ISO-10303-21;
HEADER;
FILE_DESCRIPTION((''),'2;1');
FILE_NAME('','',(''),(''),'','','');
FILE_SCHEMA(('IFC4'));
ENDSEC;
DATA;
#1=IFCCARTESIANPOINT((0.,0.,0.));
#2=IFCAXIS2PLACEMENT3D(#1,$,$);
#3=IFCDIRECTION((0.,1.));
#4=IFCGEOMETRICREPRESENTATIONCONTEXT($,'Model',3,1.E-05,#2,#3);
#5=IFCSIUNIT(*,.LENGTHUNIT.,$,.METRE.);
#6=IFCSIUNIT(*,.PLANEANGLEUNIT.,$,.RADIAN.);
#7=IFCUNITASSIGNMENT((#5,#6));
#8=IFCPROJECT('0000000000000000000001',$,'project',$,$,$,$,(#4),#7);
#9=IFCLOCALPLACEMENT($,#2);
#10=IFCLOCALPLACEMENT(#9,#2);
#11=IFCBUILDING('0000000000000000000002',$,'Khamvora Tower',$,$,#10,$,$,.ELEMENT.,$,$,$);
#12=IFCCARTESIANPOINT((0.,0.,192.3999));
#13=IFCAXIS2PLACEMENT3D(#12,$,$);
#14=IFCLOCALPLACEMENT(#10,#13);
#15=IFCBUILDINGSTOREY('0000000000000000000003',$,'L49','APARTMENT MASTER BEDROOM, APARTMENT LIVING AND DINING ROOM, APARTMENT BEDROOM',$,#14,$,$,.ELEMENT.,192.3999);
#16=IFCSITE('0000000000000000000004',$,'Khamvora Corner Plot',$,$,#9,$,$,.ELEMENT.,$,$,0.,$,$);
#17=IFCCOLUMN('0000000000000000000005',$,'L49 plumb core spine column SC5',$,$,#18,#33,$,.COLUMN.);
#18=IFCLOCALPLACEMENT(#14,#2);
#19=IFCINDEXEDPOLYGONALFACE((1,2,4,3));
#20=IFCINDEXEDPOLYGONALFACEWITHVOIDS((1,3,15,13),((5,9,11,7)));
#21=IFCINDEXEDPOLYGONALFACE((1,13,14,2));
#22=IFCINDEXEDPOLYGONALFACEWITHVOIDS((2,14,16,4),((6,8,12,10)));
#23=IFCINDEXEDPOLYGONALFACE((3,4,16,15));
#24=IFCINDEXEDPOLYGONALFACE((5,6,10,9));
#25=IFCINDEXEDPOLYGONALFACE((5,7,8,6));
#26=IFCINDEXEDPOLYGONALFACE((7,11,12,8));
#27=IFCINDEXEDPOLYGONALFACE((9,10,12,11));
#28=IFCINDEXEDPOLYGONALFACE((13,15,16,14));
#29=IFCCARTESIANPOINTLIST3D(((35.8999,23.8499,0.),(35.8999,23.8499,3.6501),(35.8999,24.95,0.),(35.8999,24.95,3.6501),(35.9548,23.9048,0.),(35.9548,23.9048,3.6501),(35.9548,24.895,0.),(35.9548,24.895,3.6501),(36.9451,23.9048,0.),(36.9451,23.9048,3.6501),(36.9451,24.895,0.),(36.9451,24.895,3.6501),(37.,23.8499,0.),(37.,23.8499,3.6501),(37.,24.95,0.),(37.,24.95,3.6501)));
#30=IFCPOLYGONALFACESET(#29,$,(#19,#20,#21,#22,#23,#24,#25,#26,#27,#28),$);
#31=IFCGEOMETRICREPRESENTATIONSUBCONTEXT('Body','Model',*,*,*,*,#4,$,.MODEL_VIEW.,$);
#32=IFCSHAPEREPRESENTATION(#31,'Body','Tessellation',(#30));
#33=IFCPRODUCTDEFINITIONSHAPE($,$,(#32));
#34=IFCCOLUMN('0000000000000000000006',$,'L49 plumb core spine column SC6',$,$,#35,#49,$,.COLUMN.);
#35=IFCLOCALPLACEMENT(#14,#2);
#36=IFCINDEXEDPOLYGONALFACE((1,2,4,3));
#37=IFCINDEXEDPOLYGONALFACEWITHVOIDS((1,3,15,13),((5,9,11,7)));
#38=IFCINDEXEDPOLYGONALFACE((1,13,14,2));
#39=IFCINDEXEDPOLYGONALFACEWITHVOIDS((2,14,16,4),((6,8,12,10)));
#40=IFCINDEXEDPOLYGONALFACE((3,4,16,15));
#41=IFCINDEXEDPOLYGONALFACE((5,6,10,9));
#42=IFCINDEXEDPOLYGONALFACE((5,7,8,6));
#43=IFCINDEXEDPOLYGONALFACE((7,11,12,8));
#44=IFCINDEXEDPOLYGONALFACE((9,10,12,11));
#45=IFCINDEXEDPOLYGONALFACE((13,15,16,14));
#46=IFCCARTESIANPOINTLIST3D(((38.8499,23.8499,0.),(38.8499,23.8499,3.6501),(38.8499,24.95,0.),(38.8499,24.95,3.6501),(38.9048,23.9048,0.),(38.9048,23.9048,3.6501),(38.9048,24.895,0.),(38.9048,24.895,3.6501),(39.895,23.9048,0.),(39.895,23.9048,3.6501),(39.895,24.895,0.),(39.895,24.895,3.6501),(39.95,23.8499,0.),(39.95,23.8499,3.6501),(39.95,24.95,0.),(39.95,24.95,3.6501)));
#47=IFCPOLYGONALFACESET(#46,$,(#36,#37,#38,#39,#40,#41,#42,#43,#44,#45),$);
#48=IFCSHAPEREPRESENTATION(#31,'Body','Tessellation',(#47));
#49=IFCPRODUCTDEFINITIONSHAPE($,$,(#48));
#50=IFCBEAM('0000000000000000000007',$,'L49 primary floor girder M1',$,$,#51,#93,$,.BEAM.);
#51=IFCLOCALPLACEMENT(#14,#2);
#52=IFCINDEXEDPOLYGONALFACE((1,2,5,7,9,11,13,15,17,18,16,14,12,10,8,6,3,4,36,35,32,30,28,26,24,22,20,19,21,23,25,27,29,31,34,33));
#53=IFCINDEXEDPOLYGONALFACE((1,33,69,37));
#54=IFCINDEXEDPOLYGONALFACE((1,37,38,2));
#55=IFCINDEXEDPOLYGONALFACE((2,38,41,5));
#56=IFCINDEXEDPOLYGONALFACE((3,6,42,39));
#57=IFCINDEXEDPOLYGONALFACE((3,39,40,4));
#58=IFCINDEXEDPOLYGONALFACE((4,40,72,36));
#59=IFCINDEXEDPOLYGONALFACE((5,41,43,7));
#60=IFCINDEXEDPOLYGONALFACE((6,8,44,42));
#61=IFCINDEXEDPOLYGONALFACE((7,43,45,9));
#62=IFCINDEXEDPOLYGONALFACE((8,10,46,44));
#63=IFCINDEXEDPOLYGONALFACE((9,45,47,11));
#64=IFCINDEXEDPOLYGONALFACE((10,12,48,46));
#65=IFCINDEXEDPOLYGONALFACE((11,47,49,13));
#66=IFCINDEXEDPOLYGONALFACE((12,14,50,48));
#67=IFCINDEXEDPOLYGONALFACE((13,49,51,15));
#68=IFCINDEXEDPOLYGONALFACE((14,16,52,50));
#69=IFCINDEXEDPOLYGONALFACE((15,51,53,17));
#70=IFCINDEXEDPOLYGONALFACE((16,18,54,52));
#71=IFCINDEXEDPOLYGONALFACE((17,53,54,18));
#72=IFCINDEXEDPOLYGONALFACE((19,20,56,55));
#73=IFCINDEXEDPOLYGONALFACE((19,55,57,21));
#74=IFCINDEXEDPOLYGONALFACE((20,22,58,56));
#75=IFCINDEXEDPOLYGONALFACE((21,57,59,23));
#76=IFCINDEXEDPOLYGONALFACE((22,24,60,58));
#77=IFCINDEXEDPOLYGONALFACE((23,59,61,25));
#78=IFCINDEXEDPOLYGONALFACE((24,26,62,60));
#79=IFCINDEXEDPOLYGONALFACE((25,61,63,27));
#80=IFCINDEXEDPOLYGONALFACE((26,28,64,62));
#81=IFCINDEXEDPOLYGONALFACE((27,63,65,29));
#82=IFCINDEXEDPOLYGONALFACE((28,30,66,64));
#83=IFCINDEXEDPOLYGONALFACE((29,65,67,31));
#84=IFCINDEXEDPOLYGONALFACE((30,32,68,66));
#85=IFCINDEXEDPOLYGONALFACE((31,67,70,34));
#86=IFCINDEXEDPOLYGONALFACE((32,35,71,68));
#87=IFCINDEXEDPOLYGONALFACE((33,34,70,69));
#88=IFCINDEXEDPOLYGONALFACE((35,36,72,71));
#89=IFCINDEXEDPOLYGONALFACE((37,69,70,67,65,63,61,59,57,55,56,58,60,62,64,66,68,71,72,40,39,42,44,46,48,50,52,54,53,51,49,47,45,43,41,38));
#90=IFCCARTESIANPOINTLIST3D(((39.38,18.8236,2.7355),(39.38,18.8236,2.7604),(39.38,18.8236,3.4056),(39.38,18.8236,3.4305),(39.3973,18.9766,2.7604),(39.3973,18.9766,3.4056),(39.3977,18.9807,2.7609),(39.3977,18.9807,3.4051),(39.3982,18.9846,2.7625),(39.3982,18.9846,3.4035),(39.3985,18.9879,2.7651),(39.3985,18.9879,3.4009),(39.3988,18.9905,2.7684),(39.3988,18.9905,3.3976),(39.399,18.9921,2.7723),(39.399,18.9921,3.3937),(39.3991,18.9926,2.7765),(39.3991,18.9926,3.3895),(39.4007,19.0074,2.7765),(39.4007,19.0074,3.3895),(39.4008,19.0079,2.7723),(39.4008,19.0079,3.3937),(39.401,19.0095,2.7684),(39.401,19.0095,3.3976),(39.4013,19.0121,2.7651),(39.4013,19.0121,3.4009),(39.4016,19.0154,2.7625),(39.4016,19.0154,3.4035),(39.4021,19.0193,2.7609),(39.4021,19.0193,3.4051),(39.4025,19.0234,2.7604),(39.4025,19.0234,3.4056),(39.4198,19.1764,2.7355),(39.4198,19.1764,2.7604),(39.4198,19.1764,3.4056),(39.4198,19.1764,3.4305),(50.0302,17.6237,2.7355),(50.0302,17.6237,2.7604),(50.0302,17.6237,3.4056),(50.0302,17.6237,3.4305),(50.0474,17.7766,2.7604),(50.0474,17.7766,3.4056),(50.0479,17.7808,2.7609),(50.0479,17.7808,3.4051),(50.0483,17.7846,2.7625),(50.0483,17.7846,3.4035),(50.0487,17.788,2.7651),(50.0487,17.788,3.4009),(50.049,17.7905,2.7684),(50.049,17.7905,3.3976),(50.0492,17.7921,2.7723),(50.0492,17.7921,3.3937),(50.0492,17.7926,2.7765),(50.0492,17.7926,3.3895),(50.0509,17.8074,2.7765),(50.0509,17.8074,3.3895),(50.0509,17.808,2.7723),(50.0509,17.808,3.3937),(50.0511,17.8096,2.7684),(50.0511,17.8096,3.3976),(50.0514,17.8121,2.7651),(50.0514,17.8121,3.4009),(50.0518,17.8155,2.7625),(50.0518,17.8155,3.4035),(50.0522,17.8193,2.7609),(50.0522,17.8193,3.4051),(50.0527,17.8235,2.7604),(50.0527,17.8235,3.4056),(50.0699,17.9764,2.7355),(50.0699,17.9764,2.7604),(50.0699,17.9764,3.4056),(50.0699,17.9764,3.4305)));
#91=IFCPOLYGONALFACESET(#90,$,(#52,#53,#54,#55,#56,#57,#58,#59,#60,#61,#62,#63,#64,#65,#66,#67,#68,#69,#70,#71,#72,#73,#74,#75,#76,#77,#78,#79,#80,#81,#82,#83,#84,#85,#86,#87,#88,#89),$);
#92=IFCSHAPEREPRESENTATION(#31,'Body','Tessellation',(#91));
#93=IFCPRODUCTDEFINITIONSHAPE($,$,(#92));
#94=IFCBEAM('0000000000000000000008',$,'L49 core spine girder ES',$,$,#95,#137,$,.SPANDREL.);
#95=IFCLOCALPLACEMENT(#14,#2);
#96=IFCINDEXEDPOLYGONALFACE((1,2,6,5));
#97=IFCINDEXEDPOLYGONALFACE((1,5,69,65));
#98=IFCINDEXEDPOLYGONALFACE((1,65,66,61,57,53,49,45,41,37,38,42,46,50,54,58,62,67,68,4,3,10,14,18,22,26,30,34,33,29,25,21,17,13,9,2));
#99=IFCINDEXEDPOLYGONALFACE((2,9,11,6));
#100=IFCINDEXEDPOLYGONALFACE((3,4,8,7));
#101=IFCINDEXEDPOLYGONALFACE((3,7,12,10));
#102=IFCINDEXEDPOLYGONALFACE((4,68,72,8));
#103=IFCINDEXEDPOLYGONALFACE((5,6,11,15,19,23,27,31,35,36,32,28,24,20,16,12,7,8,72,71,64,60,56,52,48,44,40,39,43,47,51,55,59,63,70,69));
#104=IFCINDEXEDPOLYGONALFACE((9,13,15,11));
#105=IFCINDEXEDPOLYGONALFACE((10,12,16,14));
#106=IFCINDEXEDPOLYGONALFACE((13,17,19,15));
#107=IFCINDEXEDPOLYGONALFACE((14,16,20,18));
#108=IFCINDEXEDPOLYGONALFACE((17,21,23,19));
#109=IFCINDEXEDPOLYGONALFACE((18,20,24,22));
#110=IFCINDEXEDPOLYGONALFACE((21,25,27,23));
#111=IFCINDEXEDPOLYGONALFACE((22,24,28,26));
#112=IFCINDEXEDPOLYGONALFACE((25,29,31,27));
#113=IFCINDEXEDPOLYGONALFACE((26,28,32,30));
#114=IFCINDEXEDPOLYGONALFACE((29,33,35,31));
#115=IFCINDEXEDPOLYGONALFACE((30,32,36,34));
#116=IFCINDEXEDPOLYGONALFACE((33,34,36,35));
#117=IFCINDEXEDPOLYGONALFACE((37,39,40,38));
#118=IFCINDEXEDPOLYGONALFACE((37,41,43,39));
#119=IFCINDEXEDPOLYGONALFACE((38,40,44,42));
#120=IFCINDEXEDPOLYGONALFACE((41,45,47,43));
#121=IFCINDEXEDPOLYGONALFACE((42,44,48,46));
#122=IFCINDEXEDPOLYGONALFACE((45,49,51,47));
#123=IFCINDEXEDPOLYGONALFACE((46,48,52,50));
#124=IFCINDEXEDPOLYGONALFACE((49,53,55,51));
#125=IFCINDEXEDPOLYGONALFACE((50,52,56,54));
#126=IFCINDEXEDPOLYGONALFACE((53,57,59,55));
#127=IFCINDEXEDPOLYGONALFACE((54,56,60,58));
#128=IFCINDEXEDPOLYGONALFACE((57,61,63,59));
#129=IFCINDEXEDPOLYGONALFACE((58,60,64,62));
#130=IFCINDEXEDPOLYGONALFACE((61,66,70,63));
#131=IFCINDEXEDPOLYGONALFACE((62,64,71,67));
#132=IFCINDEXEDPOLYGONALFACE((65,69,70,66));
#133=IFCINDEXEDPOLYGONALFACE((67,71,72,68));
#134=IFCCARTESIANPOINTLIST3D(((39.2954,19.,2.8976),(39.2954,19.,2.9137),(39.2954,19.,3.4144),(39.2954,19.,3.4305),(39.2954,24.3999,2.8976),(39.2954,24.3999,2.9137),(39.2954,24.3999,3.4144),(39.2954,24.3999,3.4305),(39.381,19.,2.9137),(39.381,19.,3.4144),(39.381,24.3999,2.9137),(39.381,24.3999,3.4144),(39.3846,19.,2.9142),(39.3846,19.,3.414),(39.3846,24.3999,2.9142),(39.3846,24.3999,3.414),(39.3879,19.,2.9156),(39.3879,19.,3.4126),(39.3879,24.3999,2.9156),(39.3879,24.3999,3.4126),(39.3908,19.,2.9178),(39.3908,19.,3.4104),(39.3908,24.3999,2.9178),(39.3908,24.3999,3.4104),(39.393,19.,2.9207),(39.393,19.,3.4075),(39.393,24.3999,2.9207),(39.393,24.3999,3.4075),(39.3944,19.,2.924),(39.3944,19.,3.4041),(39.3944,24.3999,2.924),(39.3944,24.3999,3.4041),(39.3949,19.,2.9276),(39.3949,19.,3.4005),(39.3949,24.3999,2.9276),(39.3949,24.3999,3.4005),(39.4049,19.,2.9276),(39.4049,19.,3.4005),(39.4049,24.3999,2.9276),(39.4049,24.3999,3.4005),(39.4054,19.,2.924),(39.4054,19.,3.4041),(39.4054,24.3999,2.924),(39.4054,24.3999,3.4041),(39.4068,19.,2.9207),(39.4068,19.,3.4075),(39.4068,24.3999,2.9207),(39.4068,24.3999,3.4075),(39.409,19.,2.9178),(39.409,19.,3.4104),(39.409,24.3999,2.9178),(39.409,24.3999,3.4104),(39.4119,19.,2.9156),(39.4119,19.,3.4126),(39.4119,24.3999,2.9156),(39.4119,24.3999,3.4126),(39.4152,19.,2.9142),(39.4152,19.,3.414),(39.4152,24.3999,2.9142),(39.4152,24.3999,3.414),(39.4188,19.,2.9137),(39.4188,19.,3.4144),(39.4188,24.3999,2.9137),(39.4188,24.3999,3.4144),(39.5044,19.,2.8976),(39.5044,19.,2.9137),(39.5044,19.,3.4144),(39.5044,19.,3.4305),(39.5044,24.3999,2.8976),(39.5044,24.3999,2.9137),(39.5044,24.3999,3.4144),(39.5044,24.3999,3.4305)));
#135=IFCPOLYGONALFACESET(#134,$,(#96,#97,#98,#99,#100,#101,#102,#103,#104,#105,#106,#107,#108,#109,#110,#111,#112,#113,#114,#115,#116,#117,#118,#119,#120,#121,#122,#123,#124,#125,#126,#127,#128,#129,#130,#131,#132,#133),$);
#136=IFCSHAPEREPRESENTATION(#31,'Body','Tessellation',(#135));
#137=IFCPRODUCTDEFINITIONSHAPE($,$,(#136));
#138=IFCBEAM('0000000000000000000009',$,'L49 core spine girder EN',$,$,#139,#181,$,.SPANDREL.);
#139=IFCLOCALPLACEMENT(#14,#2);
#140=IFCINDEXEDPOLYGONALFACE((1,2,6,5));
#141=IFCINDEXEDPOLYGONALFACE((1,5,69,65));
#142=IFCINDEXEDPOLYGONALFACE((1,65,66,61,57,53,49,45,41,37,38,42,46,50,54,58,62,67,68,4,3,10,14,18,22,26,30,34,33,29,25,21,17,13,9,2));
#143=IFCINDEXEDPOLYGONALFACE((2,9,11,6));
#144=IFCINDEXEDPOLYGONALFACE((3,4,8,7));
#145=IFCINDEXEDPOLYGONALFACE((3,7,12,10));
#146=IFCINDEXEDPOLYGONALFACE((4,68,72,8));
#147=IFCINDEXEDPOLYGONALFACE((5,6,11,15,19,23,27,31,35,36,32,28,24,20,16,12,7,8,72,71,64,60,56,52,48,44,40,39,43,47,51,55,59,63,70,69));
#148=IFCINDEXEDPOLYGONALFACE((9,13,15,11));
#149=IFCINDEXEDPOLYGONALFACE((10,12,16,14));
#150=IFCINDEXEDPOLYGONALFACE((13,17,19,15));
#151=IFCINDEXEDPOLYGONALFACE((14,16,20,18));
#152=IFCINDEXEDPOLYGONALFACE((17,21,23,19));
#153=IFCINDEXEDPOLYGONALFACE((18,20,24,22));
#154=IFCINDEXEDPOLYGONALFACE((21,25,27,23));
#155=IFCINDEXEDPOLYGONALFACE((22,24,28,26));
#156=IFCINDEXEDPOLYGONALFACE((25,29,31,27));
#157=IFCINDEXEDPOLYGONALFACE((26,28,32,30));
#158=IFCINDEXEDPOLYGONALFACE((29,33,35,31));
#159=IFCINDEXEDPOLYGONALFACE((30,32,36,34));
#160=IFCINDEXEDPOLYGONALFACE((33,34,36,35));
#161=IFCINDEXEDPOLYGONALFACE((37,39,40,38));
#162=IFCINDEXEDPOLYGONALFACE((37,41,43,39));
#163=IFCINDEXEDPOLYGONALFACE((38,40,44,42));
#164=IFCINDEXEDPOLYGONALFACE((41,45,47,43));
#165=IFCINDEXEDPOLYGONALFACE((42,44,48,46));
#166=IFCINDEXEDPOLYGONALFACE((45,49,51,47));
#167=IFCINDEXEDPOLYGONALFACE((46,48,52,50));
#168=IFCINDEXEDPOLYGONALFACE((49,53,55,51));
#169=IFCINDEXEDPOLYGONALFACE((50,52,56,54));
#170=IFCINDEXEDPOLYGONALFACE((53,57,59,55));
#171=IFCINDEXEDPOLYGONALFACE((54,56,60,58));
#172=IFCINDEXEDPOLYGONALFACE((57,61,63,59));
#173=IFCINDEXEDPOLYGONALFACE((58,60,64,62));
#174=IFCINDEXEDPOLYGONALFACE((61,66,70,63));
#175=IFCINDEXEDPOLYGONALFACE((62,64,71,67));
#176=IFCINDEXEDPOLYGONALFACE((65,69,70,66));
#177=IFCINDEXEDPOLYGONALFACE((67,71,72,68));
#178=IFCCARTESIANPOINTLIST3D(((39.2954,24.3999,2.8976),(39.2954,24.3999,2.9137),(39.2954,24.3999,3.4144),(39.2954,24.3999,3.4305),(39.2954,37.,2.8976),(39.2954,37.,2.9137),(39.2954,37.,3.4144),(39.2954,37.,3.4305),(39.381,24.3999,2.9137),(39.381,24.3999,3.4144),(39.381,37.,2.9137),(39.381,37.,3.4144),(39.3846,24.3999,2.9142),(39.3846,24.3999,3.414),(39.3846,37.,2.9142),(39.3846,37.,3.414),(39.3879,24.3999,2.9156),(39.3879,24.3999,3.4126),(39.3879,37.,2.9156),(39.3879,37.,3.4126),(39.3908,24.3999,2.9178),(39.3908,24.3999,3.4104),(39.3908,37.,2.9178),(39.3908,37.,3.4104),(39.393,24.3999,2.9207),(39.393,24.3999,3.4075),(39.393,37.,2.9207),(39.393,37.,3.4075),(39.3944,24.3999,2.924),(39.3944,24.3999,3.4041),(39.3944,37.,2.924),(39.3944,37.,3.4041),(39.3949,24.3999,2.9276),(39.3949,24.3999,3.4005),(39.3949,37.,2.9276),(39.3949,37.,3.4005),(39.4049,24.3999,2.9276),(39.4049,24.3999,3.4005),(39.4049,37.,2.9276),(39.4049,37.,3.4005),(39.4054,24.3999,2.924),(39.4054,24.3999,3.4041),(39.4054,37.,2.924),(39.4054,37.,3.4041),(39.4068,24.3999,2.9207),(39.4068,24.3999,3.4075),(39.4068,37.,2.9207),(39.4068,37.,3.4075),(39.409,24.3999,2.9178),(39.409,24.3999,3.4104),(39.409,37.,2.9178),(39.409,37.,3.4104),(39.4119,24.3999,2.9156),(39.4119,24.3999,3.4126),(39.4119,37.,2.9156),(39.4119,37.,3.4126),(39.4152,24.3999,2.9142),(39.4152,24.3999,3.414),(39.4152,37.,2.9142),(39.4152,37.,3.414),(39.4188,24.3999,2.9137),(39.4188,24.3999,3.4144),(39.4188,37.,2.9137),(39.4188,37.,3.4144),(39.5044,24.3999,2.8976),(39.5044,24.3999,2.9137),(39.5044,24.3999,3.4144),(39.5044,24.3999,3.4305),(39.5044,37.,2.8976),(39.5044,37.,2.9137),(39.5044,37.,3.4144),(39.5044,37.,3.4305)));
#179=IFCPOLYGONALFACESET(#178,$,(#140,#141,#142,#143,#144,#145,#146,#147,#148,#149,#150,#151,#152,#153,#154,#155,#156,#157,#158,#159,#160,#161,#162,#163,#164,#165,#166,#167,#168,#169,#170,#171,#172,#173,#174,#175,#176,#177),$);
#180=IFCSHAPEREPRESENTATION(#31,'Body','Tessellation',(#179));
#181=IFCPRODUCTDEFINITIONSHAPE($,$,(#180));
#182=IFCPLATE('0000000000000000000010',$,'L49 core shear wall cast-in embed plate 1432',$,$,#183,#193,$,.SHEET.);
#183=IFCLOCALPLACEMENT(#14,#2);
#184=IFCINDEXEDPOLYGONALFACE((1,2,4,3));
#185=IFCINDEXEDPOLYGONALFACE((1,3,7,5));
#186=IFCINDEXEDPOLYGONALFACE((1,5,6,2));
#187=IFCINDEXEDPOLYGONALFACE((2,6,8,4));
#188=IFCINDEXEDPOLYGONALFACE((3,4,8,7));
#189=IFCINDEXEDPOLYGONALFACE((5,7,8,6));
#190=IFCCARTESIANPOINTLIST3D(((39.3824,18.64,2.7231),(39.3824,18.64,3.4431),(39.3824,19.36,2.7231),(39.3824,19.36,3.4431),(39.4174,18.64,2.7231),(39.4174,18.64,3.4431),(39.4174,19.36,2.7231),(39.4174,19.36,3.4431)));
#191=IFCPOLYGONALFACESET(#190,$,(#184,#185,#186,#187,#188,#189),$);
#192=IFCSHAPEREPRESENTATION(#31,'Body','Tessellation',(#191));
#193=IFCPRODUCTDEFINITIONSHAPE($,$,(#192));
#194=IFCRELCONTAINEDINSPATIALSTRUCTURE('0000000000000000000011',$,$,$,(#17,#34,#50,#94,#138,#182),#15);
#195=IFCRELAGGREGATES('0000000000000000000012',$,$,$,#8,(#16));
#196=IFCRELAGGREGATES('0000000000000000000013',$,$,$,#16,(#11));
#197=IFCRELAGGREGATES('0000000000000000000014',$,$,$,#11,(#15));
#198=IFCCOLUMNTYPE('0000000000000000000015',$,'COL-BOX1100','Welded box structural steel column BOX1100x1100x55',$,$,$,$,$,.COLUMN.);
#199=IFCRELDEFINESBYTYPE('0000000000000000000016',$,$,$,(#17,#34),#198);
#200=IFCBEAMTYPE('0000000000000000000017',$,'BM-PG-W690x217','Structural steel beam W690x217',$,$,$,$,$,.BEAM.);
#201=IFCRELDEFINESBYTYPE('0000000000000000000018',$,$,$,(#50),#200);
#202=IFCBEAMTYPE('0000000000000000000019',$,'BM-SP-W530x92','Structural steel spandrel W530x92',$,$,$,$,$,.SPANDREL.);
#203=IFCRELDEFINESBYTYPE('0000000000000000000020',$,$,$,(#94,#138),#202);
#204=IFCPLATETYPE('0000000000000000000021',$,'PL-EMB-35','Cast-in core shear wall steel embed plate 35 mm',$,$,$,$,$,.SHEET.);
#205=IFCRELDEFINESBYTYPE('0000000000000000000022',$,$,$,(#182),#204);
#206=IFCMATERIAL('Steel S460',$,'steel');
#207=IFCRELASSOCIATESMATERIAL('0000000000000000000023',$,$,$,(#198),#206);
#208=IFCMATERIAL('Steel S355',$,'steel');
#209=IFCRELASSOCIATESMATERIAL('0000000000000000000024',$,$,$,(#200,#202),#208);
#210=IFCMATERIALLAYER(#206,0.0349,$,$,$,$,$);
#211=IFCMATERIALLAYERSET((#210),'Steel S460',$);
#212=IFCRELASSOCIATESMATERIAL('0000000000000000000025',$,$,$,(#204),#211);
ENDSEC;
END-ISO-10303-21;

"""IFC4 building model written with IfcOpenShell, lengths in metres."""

from ifc_helpers import new_model, si_unit, direction, frame, origin, origin_2d, place, context, subcontext, project, spatial, rectangle, hollow_rectangle, i_section, extrude, material, layer, layer_set, material_profile, profile_set, type_object, element, save


model = new_model("IFC4")

# Units and contexts
model_context = context("Model", 3, precision=1e-05, world=origin(), true_north=direction((0.0, 1.0)))
body_context = subcontext(model_context, "Body", "Model", "MODEL_VIEW")
ifc_project = project(units=[si_unit("LENGTHUNIT", "METRE"), si_unit("PLANEANGLEUNIT", "RADIAN")], contexts=[model_context])

# Site, building, storey
site_placement = place(None, origin())
site = spatial("IfcSite", under=ifc_project, at=site_placement, Name="Khamvora Corner Plot", CompositionType="ELEMENT", RefElevation=0.0)
building_placement = place(site_placement, origin())
building = spatial("IfcBuilding", under=site, at=building_placement, Name="Khamvora Tower", CompositionType="ELEMENT")
storey_placement = place(building_placement, frame((0.0, 0.0, 192.3999)))
storey = spatial("IfcBuildingStorey", under=building, at=storey_placement, Name="L49", Description="APARTMENT MASTER BEDROOM, APARTMENT LIVING AND DINING ROOM, APARTMENT BEDROOM", CompositionType="ELEMENT", Elevation=192.3999)

# Columns
ifc_material_1 = material(Name="Steel S460", Category="steel")
ifc_material_profile_1 = material_profile(ifc_material_1, hollow_rectangle(XDim=1.1001, YDim=1.1001, WallThickness=0.0549, at=origin_2d()), Name="BOX1100x1100x55")
ifc_profile_set_1 = profile_set([ifc_material_profile_1], Name="Steel S460")
column_type = type_object("IfcColumnType", Name="COL-BOX1100", Description="Welded box structural steel column BOX1100x1100x55", PredefinedType="COLUMN", material=ifc_profile_set_1)
for number, where, z_axis, x_axis, name in (
    (1, (36.45, 24.3999, 0.0), (0.0, 0.0, 1.0), (1.0, 0.0, 0.0), "L49 plumb core spine column SC5"),
    (2, (39.3999, 24.3999, 0.0), (0.0, 0.0, 1.0), (1.0, 0.0, 0.0), "L49 plumb core spine column SC6"),
):
    element("IfcColumn", number, at=place(storey_placement, frame(where, z_axis=z_axis, x_axis=x_axis)), inside=storey, type_object=column_type, Name=name, PredefinedType="COLUMN", context=body_context, shape_type="SweptSolid", body=[
        extrude(hollow_rectangle(XDim=1.1001, YDim=1.1001, WallThickness=0.0549, at=origin_2d()), origin(), (0.0, 0.0, 1.0), 3.6501),
    ])

# Beams
ifc_material_2 = material(Name="Steel S355", Category="steel")
ifc_material_profile_2 = material_profile(ifc_material_2, i_section(OverallWidth=0.355, OverallDepth=0.6951, WebThickness=0.0149, FlangeThickness=0.0249, FilletRadius=0.0161, at=origin_2d()), Name="W690x217")
ifc_profile_set_2 = profile_set([ifc_material_profile_2], Name="Steel S355")
beam_type_1 = type_object("IfcBeamType", Name="BM-PG-W690x217", Description="Structural steel beam W690x217", PredefinedType="BEAM", material=ifc_profile_set_2)
beam_1_placement = place(storey_placement, frame((39.3999, 19.0, 3.083), z_axis=(0.993713, -0.111962, 0.0), x_axis=(0.111962, 0.993713, 0.0)))
element("IfcBeam", 3, at=beam_1_placement, inside=storey, type_object=beam_type_1, Name="L49 primary floor girder M1", PredefinedType="BEAM", context=body_context, shape_type="SweptSolid", body=[
    extrude(i_section(OverallWidth=0.355, OverallDepth=0.6951, WebThickness=0.0149, FlangeThickness=0.0249, FilletRadius=0.0161, at=origin_2d()), origin(), (0.0, 0.0, 1.0), 10.7175),
])
ifc_material_profile_3 = material_profile(ifc_material_2, i_section(OverallWidth=0.209, OverallDepth=0.533, WebThickness=0.01, FlangeThickness=0.0161, FilletRadius=0.0139, at=origin_2d()), Name="W530x92")
ifc_profile_set_3 = profile_set([ifc_material_profile_3], Name="Steel S355")
beam_type_2 = type_object("IfcBeamType", Name="BM-SP-W530x92", Description="Structural steel spandrel W530x92", PredefinedType="SPANDREL", material=ifc_profile_set_3)
beam_2_placement = place(storey_placement, frame((39.3999, 19.0, 3.1641), z_axis=(0.0, 1.0, 0.0), x_axis=(-1.0, 0.0, 0.0)))
element("IfcBeam", 4, at=beam_2_placement, inside=storey, type_object=beam_type_2, Name="L49 core spine girder ES", PredefinedType="SPANDREL", context=body_context, shape_type="SweptSolid", body=[
    extrude(i_section(OverallWidth=0.209, OverallDepth=0.533, WebThickness=0.01, FlangeThickness=0.0161, FilletRadius=0.0139, at=origin_2d()), origin(), (0.0, 0.0, 1.0), 5.3999),
])
beam_3_placement = place(storey_placement, frame((39.3999, 24.3999, 3.1641), z_axis=(0.0, 1.0, 0.0), x_axis=(-1.0, 0.0, 0.0)))
element("IfcBeam", 5, at=beam_3_placement, inside=storey, type_object=beam_type_2, Name="L49 core spine girder EN", PredefinedType="SPANDREL", context=body_context, shape_type="SweptSolid", body=[
    extrude(i_section(OverallWidth=0.209, OverallDepth=0.533, WebThickness=0.01, FlangeThickness=0.0161, FilletRadius=0.0139, at=origin_2d()), origin(), (0.0, 0.0, 1.0), 12.6001),
])

# Plate
ifc_layer_1 = layer(ifc_material_1, 0.0349)
ifc_layer_set_1 = layer_set([ifc_layer_1], Name="Steel S460")
plate_type = type_object("IfcPlateType", Name="PL-EMB-35", Description="Cast-in core shear wall steel embed plate 35 mm", PredefinedType="SHEET", material=ifc_layer_set_1)
for number, where, z_axis, x_axis, name in (
    (6, (39.3999, 19.0, 2.7231), (0.0, 0.0, 1.0), (1.0, 0.0, 0.0), "L49 core shear wall cast-in embed plate 1432"),
):
    element("IfcPlate", number, at=place(storey_placement, frame(where, z_axis=z_axis, x_axis=x_axis)), inside=storey, type_object=plate_type, Name=name, PredefinedType="SHEET", context=body_context, shape_type="SweptSolid", body=[
        extrude(rectangle(XDim=0.0349, YDim=0.72, at=origin_2d()), origin(), (0.0, 0.0, 1.0), 0.72),
    ])

save(model, "model.ifc")
